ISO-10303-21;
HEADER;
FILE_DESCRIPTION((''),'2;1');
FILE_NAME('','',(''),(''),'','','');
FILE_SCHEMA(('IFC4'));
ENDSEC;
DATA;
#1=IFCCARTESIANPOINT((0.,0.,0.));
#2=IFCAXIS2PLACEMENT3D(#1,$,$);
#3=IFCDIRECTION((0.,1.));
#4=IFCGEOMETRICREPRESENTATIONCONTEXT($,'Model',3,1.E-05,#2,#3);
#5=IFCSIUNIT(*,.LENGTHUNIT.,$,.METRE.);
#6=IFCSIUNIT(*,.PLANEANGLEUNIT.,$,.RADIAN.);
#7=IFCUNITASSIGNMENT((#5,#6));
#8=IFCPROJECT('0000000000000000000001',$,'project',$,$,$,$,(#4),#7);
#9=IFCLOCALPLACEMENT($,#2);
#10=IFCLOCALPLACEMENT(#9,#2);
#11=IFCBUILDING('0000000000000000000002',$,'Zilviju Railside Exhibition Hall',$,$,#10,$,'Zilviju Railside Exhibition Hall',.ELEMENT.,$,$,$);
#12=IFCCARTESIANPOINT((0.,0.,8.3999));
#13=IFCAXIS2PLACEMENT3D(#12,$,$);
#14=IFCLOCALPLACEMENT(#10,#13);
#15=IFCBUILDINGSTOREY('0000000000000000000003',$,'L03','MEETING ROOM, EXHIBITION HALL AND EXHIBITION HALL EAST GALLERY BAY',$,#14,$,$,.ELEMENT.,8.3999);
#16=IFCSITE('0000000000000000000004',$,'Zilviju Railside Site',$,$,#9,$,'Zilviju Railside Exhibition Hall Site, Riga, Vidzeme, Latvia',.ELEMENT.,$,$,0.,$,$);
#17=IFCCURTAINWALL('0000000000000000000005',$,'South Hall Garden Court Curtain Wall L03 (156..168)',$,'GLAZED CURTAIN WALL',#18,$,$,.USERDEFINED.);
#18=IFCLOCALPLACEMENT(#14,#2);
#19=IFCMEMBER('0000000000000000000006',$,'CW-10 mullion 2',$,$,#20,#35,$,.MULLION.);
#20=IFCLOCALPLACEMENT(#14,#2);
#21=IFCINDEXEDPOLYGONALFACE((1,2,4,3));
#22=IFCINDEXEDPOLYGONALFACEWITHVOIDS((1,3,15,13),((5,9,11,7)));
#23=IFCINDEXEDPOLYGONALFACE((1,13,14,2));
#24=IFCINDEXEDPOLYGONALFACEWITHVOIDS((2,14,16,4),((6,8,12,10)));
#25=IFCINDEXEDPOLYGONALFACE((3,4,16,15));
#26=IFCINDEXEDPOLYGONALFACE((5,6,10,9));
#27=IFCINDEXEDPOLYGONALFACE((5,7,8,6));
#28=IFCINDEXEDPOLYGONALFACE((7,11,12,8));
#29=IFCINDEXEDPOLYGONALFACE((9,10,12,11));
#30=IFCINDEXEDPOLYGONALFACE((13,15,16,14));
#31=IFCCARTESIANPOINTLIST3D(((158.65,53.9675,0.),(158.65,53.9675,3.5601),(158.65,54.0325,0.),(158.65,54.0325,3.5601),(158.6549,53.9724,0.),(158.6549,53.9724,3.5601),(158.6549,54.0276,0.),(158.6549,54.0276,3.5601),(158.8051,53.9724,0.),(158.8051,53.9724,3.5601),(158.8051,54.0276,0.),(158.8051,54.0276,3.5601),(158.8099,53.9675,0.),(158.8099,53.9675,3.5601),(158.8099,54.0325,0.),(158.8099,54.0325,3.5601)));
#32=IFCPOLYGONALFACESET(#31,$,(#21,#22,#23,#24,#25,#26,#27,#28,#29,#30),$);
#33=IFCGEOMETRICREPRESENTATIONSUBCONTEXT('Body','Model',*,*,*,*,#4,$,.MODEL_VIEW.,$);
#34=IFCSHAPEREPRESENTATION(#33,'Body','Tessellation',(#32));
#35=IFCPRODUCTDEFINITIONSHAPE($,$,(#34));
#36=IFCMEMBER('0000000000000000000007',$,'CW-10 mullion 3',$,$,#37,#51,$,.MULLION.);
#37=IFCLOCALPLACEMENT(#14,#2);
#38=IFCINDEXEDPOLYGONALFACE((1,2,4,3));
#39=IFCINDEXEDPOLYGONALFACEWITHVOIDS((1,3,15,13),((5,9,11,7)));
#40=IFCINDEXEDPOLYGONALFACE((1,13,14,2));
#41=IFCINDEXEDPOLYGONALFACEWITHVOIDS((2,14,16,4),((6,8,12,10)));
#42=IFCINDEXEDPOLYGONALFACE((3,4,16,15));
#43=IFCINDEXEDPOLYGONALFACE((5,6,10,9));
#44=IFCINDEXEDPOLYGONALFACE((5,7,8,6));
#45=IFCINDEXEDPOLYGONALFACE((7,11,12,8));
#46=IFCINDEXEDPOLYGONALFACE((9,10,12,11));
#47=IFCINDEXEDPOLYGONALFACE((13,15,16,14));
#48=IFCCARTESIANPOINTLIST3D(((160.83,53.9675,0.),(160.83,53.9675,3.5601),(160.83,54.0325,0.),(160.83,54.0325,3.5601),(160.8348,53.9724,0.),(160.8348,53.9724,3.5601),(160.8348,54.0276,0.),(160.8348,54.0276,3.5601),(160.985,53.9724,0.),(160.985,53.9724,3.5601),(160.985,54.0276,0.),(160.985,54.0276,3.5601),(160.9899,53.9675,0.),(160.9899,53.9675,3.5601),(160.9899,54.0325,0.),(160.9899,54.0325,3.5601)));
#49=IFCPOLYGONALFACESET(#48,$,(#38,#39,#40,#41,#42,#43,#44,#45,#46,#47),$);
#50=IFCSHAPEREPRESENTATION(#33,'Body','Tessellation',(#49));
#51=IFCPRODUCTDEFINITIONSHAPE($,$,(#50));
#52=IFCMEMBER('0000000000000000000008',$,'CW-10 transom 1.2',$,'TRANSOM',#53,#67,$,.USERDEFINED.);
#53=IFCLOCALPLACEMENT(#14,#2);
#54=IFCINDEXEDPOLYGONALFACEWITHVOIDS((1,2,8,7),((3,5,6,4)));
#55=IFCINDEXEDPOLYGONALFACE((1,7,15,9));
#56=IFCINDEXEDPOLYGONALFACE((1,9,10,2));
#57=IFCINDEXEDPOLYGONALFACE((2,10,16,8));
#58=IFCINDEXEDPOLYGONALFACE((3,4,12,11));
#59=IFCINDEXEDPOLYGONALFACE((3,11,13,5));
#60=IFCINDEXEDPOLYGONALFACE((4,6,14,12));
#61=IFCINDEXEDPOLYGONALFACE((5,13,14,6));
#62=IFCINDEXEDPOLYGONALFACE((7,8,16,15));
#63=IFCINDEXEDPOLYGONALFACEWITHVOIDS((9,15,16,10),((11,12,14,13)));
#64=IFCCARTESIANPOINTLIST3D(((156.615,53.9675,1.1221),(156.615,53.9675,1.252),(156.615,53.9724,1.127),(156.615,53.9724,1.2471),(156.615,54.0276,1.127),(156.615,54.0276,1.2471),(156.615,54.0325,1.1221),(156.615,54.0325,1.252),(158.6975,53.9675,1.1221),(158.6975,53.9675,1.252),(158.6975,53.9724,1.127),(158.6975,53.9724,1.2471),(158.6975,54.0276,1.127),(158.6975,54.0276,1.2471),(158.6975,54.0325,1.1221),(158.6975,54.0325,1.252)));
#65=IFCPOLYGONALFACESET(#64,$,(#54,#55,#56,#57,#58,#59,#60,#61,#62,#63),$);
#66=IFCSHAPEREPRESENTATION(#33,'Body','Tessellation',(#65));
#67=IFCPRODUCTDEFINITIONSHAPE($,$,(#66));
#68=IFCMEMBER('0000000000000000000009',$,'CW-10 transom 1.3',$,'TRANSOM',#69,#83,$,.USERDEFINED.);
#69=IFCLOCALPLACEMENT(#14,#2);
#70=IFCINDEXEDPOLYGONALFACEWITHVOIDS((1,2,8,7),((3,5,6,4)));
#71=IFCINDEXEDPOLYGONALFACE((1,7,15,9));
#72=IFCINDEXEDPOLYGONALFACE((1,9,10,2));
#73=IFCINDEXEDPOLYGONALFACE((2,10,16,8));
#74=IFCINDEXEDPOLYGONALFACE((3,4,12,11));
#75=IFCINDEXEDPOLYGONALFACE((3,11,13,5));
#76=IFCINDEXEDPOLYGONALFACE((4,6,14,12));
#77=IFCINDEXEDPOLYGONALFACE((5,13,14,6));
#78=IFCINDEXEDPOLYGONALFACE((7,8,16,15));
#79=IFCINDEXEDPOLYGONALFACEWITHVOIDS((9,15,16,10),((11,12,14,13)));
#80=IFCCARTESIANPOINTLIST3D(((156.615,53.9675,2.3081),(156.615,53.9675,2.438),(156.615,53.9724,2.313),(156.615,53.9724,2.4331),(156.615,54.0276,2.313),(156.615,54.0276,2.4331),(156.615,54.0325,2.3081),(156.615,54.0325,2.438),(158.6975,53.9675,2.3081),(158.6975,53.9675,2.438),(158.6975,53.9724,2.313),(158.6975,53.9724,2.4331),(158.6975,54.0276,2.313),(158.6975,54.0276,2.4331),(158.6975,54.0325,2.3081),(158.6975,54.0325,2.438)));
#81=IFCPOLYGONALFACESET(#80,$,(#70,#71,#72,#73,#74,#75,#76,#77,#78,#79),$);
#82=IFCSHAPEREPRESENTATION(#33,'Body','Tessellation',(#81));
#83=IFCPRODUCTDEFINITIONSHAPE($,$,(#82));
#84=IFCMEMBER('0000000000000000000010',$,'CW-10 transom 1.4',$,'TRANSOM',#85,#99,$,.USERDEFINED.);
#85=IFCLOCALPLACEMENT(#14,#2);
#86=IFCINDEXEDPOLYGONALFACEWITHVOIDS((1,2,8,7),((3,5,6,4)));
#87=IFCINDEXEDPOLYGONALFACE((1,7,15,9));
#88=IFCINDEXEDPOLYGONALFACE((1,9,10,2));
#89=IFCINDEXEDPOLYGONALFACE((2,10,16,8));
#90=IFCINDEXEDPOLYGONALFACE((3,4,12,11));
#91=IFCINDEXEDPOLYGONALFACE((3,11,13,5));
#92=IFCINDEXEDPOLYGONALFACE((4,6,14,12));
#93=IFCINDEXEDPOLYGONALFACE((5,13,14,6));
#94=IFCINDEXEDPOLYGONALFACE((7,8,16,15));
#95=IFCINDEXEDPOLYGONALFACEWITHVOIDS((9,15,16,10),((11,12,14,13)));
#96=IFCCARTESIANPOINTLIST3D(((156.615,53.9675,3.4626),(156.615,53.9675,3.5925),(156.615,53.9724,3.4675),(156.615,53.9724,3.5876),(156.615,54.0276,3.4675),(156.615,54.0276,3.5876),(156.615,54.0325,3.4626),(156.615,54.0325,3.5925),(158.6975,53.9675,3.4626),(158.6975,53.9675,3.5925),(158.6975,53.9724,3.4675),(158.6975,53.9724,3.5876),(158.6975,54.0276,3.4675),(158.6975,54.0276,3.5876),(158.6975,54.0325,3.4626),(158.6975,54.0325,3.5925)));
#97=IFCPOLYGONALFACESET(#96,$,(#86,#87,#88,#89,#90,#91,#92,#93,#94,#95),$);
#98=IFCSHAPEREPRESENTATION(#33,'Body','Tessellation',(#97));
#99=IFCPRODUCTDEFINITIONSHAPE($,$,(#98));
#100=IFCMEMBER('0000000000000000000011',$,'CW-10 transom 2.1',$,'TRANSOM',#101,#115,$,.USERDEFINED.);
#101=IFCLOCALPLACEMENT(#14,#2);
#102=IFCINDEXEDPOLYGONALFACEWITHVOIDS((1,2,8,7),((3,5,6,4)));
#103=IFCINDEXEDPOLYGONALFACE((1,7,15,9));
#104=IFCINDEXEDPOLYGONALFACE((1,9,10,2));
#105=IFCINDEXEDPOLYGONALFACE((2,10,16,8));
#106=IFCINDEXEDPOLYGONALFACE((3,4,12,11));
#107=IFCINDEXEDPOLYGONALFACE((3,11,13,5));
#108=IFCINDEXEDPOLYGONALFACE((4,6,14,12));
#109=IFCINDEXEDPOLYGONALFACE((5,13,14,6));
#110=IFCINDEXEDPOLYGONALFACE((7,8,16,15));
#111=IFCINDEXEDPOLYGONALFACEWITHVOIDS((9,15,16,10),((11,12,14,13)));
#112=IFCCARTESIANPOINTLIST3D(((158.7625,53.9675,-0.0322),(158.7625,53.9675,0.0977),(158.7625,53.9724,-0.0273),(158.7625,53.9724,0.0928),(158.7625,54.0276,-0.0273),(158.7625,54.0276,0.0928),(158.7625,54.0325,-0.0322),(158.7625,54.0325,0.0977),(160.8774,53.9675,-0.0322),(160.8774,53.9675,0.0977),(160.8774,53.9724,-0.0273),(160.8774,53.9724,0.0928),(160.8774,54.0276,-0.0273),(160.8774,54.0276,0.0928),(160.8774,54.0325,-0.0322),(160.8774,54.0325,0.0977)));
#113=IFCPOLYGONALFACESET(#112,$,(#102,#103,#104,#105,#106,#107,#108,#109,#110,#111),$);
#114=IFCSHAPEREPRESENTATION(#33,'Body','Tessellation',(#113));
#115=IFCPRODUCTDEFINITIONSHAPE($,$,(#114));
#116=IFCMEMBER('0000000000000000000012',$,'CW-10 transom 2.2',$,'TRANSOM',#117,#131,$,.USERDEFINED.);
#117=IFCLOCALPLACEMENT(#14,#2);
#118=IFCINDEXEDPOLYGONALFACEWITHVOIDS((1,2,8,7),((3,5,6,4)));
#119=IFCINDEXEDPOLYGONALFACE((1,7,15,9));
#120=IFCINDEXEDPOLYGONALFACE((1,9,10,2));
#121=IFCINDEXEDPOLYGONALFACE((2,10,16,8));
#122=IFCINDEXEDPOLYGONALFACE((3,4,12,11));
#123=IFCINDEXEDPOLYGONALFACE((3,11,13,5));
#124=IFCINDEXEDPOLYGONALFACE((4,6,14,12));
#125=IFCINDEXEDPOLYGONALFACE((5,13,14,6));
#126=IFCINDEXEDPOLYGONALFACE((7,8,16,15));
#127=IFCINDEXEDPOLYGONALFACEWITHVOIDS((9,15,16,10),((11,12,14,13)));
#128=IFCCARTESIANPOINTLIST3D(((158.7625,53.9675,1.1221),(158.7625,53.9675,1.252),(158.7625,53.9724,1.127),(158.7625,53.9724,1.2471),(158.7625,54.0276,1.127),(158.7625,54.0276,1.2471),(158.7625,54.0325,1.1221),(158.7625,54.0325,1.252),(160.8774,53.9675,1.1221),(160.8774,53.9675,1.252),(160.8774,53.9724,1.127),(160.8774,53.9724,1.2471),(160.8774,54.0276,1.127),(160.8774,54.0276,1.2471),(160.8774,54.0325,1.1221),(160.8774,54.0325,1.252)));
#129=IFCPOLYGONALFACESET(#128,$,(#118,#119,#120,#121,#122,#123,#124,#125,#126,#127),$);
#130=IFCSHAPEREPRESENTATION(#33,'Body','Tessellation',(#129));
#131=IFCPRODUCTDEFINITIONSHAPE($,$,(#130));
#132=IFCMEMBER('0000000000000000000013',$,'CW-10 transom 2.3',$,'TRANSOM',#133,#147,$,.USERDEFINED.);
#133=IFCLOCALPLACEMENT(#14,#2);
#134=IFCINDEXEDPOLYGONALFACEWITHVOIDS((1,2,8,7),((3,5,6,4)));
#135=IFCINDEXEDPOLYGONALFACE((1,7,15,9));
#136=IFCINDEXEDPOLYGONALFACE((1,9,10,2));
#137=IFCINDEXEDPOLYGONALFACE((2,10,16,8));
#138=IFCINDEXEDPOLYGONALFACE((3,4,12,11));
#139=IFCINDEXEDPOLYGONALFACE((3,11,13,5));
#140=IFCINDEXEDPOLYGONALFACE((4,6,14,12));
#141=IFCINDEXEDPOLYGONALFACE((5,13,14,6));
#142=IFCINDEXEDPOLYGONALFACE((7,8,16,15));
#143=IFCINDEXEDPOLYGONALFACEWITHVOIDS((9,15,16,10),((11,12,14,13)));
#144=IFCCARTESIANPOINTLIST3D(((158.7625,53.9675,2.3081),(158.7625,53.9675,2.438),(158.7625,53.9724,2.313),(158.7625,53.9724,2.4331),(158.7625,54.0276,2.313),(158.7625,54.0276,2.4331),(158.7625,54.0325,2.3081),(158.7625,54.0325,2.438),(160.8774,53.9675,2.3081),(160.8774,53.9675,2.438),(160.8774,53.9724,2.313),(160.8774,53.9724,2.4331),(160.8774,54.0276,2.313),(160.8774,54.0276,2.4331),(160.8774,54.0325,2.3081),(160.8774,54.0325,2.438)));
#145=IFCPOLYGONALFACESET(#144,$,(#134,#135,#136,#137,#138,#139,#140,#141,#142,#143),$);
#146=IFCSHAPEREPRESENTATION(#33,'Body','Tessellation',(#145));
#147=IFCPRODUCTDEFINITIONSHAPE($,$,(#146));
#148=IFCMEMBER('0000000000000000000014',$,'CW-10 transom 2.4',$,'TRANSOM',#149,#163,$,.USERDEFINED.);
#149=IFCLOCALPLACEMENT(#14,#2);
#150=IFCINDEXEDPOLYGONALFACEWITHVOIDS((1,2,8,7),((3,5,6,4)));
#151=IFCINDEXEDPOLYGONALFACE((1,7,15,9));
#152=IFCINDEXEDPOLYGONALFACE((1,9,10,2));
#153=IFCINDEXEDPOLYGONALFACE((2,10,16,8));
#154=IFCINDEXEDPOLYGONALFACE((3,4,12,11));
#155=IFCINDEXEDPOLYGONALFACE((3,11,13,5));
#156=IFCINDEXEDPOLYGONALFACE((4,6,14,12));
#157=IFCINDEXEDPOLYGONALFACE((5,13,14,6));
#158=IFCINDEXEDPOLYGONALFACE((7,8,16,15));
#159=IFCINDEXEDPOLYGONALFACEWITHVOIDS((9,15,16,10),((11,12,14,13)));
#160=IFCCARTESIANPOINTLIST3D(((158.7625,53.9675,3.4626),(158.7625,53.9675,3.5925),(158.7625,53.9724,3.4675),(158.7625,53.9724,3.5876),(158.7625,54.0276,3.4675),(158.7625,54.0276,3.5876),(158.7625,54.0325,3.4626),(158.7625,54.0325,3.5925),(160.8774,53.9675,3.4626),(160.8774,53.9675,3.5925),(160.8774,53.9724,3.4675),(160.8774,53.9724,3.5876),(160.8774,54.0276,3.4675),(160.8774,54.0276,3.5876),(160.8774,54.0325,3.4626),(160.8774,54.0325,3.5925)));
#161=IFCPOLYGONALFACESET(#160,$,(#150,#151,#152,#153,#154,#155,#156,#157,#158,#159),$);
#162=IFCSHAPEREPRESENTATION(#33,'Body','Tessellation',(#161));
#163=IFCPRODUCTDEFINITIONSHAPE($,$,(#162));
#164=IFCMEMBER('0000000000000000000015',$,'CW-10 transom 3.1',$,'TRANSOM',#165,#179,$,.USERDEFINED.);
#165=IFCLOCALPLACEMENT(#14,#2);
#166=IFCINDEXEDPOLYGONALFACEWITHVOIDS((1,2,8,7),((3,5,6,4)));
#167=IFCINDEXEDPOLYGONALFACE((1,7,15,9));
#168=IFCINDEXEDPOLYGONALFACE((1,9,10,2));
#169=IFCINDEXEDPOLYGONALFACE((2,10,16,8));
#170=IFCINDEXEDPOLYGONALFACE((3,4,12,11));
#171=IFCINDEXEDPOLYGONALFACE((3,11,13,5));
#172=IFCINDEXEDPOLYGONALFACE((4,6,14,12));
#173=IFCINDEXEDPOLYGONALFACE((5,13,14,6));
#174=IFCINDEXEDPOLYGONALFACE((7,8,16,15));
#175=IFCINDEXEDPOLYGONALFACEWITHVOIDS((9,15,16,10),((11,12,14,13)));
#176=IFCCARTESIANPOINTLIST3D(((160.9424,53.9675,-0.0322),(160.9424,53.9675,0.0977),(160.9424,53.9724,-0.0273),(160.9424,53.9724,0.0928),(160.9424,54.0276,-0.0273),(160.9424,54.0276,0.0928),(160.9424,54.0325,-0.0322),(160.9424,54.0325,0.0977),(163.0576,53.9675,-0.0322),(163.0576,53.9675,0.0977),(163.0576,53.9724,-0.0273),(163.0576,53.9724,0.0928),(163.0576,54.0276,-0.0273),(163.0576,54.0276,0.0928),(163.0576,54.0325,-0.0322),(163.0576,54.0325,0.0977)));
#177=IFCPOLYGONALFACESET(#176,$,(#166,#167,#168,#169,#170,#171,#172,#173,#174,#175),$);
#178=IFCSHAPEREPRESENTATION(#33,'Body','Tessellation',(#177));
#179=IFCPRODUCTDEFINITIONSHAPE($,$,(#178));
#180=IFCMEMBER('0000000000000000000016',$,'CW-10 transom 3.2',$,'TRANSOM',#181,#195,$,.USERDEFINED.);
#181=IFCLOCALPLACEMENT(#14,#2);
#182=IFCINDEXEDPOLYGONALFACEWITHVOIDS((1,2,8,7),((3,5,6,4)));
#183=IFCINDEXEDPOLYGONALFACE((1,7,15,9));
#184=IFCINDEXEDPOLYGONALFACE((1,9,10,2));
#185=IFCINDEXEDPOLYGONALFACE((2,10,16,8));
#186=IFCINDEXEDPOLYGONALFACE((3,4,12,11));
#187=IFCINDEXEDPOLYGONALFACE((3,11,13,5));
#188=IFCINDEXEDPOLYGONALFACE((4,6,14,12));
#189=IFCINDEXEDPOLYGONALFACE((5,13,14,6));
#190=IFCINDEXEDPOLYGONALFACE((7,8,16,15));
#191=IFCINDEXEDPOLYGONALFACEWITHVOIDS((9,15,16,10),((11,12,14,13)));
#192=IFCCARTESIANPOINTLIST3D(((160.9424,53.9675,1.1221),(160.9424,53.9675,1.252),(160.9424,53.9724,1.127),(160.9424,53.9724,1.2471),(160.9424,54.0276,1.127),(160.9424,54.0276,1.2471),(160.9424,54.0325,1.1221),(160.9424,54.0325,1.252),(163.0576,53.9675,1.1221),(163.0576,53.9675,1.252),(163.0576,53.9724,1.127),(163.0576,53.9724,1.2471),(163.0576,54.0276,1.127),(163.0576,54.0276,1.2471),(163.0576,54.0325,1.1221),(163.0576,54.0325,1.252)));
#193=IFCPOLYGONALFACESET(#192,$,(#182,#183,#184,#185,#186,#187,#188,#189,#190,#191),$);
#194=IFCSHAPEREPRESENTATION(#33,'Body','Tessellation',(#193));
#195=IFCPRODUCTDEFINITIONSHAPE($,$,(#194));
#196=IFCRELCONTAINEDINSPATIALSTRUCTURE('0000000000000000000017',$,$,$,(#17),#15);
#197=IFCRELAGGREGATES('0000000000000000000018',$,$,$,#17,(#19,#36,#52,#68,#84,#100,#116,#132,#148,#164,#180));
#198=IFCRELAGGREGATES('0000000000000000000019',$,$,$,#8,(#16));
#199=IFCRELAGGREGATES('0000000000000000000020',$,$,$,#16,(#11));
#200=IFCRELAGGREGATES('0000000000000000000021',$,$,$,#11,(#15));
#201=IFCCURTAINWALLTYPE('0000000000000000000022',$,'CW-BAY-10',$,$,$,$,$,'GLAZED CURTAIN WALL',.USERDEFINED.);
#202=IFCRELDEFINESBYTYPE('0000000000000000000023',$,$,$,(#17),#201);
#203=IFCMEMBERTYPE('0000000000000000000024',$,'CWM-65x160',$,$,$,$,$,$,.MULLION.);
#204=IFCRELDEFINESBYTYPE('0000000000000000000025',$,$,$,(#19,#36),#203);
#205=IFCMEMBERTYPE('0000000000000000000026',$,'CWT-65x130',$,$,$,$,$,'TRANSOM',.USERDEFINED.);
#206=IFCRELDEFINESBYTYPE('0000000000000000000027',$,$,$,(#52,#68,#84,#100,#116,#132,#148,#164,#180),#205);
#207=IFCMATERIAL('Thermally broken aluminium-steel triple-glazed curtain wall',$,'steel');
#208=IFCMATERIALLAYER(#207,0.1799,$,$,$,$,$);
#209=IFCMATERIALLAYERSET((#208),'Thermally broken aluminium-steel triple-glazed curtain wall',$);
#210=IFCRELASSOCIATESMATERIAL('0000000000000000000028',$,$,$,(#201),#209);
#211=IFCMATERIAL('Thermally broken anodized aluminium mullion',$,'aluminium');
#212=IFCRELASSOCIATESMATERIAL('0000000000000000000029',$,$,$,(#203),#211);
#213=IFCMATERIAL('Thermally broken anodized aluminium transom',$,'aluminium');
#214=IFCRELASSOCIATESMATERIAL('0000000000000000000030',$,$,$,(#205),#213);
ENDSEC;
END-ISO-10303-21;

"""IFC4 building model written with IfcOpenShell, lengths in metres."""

from ifc_helpers import new_model, si_unit, direction, frame, origin, origin_2d, place, context, subcontext, project, spatial, hollow_rectangle, extrude, material, layer, layer_set, material_profile, profile_set, type_object, element, aggregate, save


model = new_model("IFC4")

# Units and contexts
model_context = context("Model", 3, precision=1e-05, world=origin(), true_north=direction((0.0, 1.0)))
body_context = subcontext(model_context, "Body", "Model", "MODEL_VIEW")
ifc_project = project(units=[si_unit("LENGTHUNIT", "METRE"), si_unit("PLANEANGLEUNIT", "RADIAN")], contexts=[model_context])

# Site, building, storey
site_placement = place(None, origin())
site = spatial("IfcSite", under=ifc_project, at=site_placement, Name="Zilviju Railside Site", LongName="Zilviju Railside Exhibition Hall Site, Riga, Vidzeme, Latvia", CompositionType="ELEMENT", RefElevation=0.0)
building_placement = place(site_placement, origin())
building = spatial("IfcBuilding", under=site, at=building_placement, Name="Zilviju Railside Exhibition Hall", LongName="Zilviju Railside Exhibition Hall", CompositionType="ELEMENT")
storey_placement = place(building_placement, frame((0.0, 0.0, 8.3999)))
storey = spatial("IfcBuildingStorey", under=building, at=storey_placement, Name="L03", Description="MEETING ROOM, EXHIBITION HALL AND EXHIBITION HALL EAST GALLERY BAY", CompositionType="ELEMENT", Elevation=8.3999)

# Curtain wall, members
ifc_material_1 = material(Name="Thermally broken aluminium-steel triple-glazed curtain wall", Category="steel")
ifc_layer_1 = layer(ifc_material_1, 0.1799)
ifc_layer_set_1 = layer_set([ifc_layer_1], Name="Thermally broken aluminium-steel triple-glazed curtain wall")
curtain_wall_type = type_object("IfcCurtainWallType", Name="CW-BAY-10", ElementType="GLAZED CURTAIN WALL", PredefinedType="USERDEFINED", material=ifc_layer_set_1)
curtain_wall_placement = place(storey_placement, origin())
curtain_wall = element("IfcCurtainWall", 1, at=curtain_wall_placement, inside=storey, type_object=curtain_wall_type, Name="South Hall Garden Court Curtain Wall L03 (156..168)", ObjectType="GLAZED CURTAIN WALL", PredefinedType="USERDEFINED")
ifc_material_2 = material(Name="Thermally broken anodized aluminium mullion", Category="aluminium")
ifc_material_profile_1 = material_profile(ifc_material_2, hollow_rectangle(XDim=0.0649, YDim=0.1599, WallThickness=0.0049, at=origin_2d()), Name="MULLION 160x65x5")
ifc_profile_set_1 = profile_set([ifc_material_profile_1], Name="Thermally broken anodized aluminium mullion")
member_type_1 = type_object("IfcMemberType", Name="CWM-65x160", PredefinedType="MULLION", material=ifc_profile_set_1)
member_1_placement = place(storey_placement, frame((158.73, 54.0, 0.0), z_axis=(0.0, 0.0, 1.0), x_axis=(0.0, 1.0, 0.0)))
member_1 = element("IfcMember", 2, at=member_1_placement, type_object=member_type_1, Name="CW-10 mullion 2", PredefinedType="MULLION", context=body_context, shape_type="SweptSolid", body=[
    extrude(hollow_rectangle(XDim=0.0649, YDim=0.1599, WallThickness=0.0049, at=origin_2d()), origin(), (0.0, 0.0, 1.0), 3.5601),
])
member_2_placement = place(storey_placement, frame((160.9099, 54.0, 0.0), z_axis=(0.0, 0.0, 1.0), x_axis=(0.0, 1.0, 0.0)))
member_2 = element("IfcMember", 3, at=member_2_placement, type_object=member_type_1, Name="CW-10 mullion 3", PredefinedType="MULLION", context=body_context, shape_type="SweptSolid", body=[
    extrude(hollow_rectangle(XDim=0.0649, YDim=0.1599, WallThickness=0.0049, at=origin_2d()), origin(), (0.0, 0.0, 1.0), 3.5601),
])
ifc_material_3 = material(Name="Thermally broken anodized aluminium transom", Category="aluminium")
ifc_material_profile_2 = material_profile(ifc_material_3, hollow_rectangle(XDim=0.0649, YDim=0.1299, WallThickness=0.0049, at=origin_2d()), Name="TRANSOM 130x65x5")
ifc_profile_set_2 = profile_set([ifc_material_profile_2], Name="Thermally broken anodized aluminium transom")
member_type_2 = type_object("IfcMemberType", Name="CWT-65x130", ElementType="TRANSOM", PredefinedType="USERDEFINED", material=ifc_profile_set_2)
member_3_placement = place(storey_placement, frame((156.615, 54.0, 1.187), z_axis=(1.0, 0.0, 0.0), x_axis=(0.0, 1.0, 0.0)))
member_3 = element("IfcMember", 4, at=member_3_placement, type_object=member_type_2, Name="CW-10 transom 1.2", ObjectType="TRANSOM", PredefinedType="USERDEFINED", context=body_context, shape_type="SweptSolid", body=[
    extrude(hollow_rectangle(XDim=0.0649, YDim=0.1299, WallThickness=0.0049, at=origin_2d()), origin(), (0.0, 0.0, 1.0), 2.0825),
])
member_4_placement = place(storey_placement, frame((156.615, 54.0, 2.373), z_axis=(1.0, 0.0, 0.0), x_axis=(0.0, 1.0, 0.0)))
member_4 = element("IfcMember", 5, at=member_4_placement, type_object=member_type_2, Name="CW-10 transom 1.3", ObjectType="TRANSOM", PredefinedType="USERDEFINED", context=body_context, shape_type="SweptSolid", body=[
    extrude(hollow_rectangle(XDim=0.0649, YDim=0.1299, WallThickness=0.0049, at=origin_2d()), origin(), (0.0, 0.0, 1.0), 2.0825),
])
member_5_placement = place(storey_placement, frame((156.615, 54.0, 3.5276), z_axis=(1.0, 0.0, 0.0), x_axis=(0.0, 1.0, 0.0)))
member_5 = element("IfcMember", 6, at=member_5_placement, type_object=member_type_2, Name="CW-10 transom 1.4", ObjectType="TRANSOM", PredefinedType="USERDEFINED", context=body_context, shape_type="SweptSolid", body=[
    extrude(hollow_rectangle(XDim=0.0649, YDim=0.1299, WallThickness=0.0049, at=origin_2d()), origin(), (0.0, 0.0, 1.0), 2.0825),
])
member_6_placement = place(storey_placement, frame((158.7625, 54.0, 0.0327), z_axis=(1.0, 0.0, 0.0), x_axis=(0.0, 1.0, 0.0)))
member_6 = element("IfcMember", 7, at=member_6_placement, type_object=member_type_2, Name="CW-10 transom 2.1", ObjectType="TRANSOM", PredefinedType="USERDEFINED", context=body_context, shape_type="SweptSolid", body=[
    extrude(hollow_rectangle(XDim=0.0649, YDim=0.1299, WallThickness=0.0049, at=origin_2d()), origin(), (0.0, 0.0, 1.0), 2.115),
])
member_7_placement = place(storey_placement, frame((158.7625, 54.0, 1.187), z_axis=(1.0, 0.0, 0.0), x_axis=(0.0, 1.0, 0.0)))
member_7 = element("IfcMember", 8, at=member_7_placement, type_object=member_type_2, Name="CW-10 transom 2.2", ObjectType="TRANSOM", PredefinedType="USERDEFINED", context=body_context, shape_type="SweptSolid", body=[
    extrude(hollow_rectangle(XDim=0.0649, YDim=0.1299, WallThickness=0.0049, at=origin_2d()), origin(), (0.0, 0.0, 1.0), 2.115),
])
member_8_placement = place(storey_placement, frame((158.7625, 54.0, 2.373), z_axis=(1.0, 0.0, 0.0), x_axis=(0.0, 1.0, 0.0)))
member_8 = element("IfcMember", 9, at=member_8_placement, type_object=member_type_2, Name="CW-10 transom 2.3", ObjectType="TRANSOM", PredefinedType="USERDEFINED", context=body_context, shape_type="SweptSolid", body=[
    extrude(hollow_rectangle(XDim=0.0649, YDim=0.1299, WallThickness=0.0049, at=origin_2d()), origin(), (0.0, 0.0, 1.0), 2.115),
])
member_9_placement = place(storey_placement, frame((158.7625, 54.0, 3.5276), z_axis=(1.0, 0.0, 0.0), x_axis=(0.0, 1.0, 0.0)))
member_9 = element("IfcMember", 10, at=member_9_placement, type_object=member_type_2, Name="CW-10 transom 2.4", ObjectType="TRANSOM", PredefinedType="USERDEFINED", context=body_context, shape_type="SweptSolid", body=[
    extrude(hollow_rectangle(XDim=0.0649, YDim=0.1299, WallThickness=0.0049, at=origin_2d()), origin(), (0.0, 0.0, 1.0), 2.115),
])
member_10_placement = place(storey_placement, frame((160.9424, 54.0, 0.0327), z_axis=(1.0, 0.0, 0.0), x_axis=(0.0, 1.0, 0.0)))
member_10 = element("IfcMember", 11, at=member_10_placement, type_object=member_type_2, Name="CW-10 transom 3.1", ObjectType="TRANSOM", PredefinedType="USERDEFINED", context=body_context, shape_type="SweptSolid", body=[
    extrude(hollow_rectangle(XDim=0.0649, YDim=0.1299, WallThickness=0.0049, at=origin_2d()), origin(), (0.0, 0.0, 1.0), 2.1152),
])
member_11_placement = place(storey_placement, frame((160.9424, 54.0, 1.187), z_axis=(1.0, 0.0, 0.0), x_axis=(0.0, 1.0, 0.0)))
member_11 = element("IfcMember", 12, at=member_11_placement, type_object=member_type_2, Name="CW-10 transom 3.2", ObjectType="TRANSOM", PredefinedType="USERDEFINED", context=body_context, shape_type="SweptSolid", body=[
    extrude(hollow_rectangle(XDim=0.0649, YDim=0.1299, WallThickness=0.0049, at=origin_2d()), origin(), (0.0, 0.0, 1.0), 2.1152),
])
aggregate(curtain_wall, [member_1, member_2, member_3, member_4, member_5, member_6, member_7, member_8, member_9, member_10, member_11])

save(model, "model.ifc")
